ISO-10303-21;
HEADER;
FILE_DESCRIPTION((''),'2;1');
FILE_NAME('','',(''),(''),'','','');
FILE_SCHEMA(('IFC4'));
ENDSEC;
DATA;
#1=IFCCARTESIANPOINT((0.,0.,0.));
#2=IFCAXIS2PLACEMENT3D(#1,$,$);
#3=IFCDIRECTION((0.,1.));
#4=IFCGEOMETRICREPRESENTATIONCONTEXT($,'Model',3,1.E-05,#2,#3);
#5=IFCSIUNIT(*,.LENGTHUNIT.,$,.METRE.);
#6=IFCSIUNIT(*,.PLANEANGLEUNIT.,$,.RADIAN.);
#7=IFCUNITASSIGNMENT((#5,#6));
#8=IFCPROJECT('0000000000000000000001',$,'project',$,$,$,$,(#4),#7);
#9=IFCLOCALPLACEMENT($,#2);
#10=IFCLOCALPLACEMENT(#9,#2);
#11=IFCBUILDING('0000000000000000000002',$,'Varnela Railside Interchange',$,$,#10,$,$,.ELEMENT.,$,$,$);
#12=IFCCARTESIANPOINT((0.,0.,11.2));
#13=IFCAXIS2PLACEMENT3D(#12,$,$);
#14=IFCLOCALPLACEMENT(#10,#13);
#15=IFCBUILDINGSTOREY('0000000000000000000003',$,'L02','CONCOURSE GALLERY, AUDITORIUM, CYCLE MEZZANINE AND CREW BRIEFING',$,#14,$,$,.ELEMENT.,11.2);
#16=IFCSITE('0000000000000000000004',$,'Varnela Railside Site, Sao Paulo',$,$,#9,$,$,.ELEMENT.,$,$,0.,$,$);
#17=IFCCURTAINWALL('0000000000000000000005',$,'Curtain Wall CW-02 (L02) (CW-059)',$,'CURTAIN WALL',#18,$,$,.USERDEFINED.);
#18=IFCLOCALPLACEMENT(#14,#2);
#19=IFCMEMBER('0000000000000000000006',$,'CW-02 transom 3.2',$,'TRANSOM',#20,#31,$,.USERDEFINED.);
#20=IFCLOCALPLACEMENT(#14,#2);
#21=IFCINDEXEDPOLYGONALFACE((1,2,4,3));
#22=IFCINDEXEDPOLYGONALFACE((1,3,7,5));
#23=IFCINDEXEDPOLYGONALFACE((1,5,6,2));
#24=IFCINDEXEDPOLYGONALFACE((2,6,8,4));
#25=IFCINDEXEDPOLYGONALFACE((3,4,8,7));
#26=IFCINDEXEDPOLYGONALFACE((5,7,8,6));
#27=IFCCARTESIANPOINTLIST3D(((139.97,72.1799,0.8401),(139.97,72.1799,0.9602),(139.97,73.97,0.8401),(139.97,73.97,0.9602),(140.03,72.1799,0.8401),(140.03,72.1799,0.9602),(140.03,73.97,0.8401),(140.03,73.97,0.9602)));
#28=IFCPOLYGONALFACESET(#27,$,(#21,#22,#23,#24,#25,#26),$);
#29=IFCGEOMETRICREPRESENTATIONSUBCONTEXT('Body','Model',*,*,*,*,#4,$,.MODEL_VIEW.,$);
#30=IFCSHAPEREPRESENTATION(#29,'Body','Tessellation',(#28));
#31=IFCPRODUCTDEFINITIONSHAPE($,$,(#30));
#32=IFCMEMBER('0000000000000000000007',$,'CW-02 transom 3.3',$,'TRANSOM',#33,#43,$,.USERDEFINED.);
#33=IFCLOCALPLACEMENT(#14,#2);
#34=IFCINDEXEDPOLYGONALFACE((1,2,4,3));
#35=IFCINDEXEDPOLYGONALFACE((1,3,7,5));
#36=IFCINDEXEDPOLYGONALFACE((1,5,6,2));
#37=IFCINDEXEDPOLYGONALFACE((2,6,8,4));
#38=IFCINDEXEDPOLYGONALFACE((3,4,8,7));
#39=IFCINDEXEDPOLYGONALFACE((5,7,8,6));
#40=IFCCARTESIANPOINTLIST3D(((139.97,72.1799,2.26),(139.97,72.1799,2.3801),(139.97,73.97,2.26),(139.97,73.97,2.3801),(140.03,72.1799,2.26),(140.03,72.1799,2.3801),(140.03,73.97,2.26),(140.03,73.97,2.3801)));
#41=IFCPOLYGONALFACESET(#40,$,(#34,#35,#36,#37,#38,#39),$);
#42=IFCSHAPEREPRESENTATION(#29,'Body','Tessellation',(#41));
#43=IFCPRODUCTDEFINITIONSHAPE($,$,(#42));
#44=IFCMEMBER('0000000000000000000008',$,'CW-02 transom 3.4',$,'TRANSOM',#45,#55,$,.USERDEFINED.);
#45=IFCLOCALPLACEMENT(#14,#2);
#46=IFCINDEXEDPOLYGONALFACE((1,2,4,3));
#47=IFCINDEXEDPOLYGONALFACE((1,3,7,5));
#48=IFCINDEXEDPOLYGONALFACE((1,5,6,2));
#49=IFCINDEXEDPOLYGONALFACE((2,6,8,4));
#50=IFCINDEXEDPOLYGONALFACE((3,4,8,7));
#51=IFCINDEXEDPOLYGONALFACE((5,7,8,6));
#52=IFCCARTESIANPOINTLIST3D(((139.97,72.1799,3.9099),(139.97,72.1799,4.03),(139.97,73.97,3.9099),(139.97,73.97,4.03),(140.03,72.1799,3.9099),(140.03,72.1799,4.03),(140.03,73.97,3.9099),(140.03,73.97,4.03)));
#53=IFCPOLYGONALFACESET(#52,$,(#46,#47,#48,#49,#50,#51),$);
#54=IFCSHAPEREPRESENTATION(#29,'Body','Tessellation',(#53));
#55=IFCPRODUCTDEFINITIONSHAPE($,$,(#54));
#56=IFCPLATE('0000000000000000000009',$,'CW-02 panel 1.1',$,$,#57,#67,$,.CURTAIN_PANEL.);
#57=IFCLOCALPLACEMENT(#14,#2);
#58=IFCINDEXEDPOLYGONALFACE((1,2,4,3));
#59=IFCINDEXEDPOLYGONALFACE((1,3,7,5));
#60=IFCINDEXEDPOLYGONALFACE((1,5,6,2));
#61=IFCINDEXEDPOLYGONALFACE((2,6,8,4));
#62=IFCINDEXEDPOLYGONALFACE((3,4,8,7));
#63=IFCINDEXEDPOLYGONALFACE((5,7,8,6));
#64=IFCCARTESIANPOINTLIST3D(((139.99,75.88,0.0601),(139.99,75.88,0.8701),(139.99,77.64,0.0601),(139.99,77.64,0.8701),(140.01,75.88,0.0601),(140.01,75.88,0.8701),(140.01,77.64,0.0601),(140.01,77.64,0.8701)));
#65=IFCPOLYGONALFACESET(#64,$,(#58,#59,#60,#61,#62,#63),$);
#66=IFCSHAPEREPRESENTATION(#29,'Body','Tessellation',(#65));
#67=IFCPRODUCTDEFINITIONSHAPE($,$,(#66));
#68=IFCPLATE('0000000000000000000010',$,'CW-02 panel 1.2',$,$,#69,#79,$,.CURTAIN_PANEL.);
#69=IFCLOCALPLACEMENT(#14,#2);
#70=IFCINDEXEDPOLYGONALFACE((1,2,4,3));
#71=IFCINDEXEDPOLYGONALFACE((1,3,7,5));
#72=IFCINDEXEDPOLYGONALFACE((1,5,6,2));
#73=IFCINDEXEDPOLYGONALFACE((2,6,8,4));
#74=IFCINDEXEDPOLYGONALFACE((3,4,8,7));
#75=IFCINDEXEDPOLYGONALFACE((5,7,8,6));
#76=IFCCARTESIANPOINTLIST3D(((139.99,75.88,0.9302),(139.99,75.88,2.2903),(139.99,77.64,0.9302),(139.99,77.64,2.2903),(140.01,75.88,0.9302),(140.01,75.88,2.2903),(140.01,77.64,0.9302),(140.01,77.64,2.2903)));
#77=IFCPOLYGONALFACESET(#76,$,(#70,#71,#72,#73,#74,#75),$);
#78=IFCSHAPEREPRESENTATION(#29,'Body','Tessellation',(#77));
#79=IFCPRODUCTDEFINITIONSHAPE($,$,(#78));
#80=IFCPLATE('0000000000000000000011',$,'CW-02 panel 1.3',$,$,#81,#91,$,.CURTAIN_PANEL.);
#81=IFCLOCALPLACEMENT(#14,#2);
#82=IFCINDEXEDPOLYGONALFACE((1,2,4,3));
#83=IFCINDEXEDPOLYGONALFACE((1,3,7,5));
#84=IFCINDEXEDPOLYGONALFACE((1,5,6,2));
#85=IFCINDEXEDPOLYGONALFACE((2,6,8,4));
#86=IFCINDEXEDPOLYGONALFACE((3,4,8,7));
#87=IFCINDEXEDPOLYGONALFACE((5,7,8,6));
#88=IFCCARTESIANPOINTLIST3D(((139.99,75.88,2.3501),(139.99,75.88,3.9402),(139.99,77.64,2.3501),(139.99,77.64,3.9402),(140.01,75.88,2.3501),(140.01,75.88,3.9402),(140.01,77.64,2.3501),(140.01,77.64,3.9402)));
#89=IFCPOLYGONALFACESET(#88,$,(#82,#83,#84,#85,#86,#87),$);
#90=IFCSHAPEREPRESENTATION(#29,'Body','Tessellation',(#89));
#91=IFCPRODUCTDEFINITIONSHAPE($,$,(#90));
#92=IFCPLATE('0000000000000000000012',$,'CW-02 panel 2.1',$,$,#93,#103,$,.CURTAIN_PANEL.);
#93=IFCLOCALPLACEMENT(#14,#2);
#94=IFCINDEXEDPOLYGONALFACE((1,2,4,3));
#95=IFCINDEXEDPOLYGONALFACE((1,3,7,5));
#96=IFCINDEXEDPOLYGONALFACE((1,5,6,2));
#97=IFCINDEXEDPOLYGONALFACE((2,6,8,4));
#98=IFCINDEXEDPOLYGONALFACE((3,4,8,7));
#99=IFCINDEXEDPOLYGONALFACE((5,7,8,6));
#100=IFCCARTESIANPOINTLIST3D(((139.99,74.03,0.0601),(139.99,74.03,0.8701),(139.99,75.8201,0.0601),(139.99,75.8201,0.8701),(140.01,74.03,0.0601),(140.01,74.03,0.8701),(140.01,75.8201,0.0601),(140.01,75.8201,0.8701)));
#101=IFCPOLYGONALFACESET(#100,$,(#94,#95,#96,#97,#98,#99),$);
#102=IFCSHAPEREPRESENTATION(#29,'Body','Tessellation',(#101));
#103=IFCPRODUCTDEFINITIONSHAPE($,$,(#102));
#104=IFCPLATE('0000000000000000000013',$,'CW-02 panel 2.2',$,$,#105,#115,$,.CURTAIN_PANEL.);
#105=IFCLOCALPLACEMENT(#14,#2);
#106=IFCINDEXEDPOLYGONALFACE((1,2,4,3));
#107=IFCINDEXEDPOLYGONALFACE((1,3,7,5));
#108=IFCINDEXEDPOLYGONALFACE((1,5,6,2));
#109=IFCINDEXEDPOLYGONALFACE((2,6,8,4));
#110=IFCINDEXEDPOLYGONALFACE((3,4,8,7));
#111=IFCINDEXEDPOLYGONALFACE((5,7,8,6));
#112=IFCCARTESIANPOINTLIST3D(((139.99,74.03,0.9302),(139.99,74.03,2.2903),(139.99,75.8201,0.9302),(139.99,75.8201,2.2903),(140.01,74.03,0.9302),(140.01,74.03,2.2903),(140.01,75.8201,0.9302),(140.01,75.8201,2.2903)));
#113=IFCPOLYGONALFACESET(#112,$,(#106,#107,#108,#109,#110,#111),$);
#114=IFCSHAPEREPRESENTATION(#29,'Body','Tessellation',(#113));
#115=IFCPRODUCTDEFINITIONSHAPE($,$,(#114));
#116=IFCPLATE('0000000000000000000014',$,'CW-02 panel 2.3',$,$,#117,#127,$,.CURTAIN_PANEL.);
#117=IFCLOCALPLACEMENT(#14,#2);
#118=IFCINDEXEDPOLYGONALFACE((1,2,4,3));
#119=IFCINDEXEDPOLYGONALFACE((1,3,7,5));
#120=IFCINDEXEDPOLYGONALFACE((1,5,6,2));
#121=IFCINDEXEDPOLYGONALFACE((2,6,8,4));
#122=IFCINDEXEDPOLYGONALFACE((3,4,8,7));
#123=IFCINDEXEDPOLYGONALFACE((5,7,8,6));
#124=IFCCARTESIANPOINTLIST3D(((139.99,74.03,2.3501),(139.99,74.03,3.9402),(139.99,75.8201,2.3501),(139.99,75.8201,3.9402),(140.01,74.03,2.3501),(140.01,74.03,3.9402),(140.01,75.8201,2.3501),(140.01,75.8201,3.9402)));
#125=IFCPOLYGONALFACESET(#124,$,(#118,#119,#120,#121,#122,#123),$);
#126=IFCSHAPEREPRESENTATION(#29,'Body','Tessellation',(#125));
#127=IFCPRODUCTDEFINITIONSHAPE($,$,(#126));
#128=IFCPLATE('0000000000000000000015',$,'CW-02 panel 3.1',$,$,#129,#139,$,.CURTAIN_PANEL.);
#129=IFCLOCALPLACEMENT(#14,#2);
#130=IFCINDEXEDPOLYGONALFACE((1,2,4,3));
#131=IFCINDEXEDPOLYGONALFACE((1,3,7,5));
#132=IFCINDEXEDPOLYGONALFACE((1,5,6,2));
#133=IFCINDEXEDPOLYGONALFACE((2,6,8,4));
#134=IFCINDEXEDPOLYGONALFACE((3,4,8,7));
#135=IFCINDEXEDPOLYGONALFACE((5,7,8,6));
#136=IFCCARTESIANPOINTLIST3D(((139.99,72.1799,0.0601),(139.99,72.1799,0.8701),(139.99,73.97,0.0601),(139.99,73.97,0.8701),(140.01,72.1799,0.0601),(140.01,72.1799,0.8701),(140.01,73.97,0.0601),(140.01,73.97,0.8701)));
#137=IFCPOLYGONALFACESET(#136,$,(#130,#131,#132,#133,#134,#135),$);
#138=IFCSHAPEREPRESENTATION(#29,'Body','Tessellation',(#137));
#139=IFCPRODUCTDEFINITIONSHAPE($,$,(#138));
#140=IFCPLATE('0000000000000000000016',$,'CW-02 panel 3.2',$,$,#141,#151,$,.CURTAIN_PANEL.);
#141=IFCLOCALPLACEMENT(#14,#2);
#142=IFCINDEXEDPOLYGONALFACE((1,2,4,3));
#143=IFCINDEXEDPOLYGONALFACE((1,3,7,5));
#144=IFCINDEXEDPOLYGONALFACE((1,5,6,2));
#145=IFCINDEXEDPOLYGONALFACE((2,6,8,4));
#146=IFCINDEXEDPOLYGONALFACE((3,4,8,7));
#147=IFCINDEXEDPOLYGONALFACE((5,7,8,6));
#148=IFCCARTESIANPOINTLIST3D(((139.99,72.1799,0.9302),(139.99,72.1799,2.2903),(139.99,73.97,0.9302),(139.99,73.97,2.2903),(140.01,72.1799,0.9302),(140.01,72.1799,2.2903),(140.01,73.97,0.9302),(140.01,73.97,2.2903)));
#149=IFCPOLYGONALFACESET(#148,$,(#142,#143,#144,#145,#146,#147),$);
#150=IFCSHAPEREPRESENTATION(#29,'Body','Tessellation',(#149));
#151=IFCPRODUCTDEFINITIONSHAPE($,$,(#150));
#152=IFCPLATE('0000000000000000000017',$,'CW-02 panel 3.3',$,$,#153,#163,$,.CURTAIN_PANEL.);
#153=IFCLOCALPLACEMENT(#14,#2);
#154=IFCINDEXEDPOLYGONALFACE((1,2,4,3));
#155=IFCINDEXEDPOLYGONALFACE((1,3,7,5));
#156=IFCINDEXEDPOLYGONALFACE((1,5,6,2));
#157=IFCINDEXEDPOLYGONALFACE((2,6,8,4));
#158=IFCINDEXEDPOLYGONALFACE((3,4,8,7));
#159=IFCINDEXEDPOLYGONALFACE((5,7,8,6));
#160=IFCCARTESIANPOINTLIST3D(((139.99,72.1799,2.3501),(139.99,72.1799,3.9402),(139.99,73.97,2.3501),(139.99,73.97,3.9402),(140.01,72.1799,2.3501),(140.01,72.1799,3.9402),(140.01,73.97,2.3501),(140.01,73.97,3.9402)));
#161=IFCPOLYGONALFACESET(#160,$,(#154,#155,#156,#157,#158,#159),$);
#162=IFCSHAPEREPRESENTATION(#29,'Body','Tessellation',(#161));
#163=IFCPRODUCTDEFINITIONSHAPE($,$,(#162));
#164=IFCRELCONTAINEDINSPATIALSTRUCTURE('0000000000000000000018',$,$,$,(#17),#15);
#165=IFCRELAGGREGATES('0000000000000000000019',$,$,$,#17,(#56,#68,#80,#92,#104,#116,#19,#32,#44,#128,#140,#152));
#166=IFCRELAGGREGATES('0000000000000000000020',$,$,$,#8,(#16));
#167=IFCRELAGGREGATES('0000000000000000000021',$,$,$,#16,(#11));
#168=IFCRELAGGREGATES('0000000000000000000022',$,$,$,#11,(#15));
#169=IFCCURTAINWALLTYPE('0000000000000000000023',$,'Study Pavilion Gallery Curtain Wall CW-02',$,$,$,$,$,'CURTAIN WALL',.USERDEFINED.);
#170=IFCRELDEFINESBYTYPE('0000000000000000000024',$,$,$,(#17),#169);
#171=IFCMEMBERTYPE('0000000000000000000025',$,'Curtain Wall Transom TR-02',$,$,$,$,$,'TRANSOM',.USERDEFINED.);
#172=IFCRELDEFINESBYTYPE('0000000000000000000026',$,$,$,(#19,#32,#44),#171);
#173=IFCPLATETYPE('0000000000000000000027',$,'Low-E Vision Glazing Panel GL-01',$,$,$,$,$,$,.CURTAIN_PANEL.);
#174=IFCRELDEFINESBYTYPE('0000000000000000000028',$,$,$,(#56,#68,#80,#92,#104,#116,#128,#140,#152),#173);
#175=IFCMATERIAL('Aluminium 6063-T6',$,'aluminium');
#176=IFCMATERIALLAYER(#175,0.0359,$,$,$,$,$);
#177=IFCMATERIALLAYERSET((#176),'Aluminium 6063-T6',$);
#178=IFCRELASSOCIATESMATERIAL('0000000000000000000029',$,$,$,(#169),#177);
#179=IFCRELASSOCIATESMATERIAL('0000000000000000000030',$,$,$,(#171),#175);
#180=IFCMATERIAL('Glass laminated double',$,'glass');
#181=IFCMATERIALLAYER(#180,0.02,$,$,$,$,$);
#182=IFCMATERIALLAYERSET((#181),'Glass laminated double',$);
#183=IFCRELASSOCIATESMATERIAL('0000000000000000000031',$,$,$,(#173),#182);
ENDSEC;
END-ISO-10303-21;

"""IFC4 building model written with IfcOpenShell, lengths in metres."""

from ifc_helpers import new_model, si_unit, direction, frame, origin, origin_2d, place, context, subcontext, project, spatial, rectangle, extrude, material, layer, layer_set, material_profile, profile_set, type_object, element, aggregate, save


model = new_model("IFC4")

# Units and contexts
model_context = context("Model", 3, precision=1e-05, world=origin(), true_north=direction((0.0, 1.0)))
body_context = subcontext(model_context, "Body", "Model", "MODEL_VIEW")
ifc_project = project(units=[si_unit("LENGTHUNIT", "METRE"), si_unit("PLANEANGLEUNIT", "RADIAN")], contexts=[model_context])

# Site, building, storey
site_placement = place(None, origin())
site = spatial("IfcSite", under=ifc_project, at=site_placement, Name="Varnela Railside Site, Sao Paulo", CompositionType="ELEMENT", RefElevation=0.0)
building_placement = place(site_placement, origin())
building = spatial("IfcBuilding", under=site, at=building_placement, Name="Varnela Railside Interchange", CompositionType="ELEMENT")
storey_placement = place(building_placement, frame((0.0, 0.0, 11.2)))
storey = spatial("IfcBuildingStorey", under=building, at=storey_placement, Name="L02", Description="CONCOURSE GALLERY, AUDITORIUM, CYCLE MEZZANINE AND CREW BRIEFING", CompositionType="ELEMENT", Elevation=11.2)

# Curtain wall, members, plates
ifc_material_1 = material(Name="Aluminium 6063-T6", Category="aluminium")
ifc_layer_1 = layer(ifc_material_1, 0.0359)
ifc_layer_set_1 = layer_set([ifc_layer_1], Name="Aluminium 6063-T6")
curtain_wall_type = type_object("IfcCurtainWallType", Name="Study Pavilion Gallery Curtain Wall CW-02", ElementType="CURTAIN WALL", PredefinedType="USERDEFINED", material=ifc_layer_set_1)
curtain_wall_placement = place(storey_placement, origin())
curtain_wall = element("IfcCurtainWall", 1, at=curtain_wall_placement, inside=storey, type_object=curtain_wall_type, Name="Curtain Wall CW-02 (L02) (CW-059)", ObjectType="CURTAIN WALL", PredefinedType="USERDEFINED")
ifc_material_profile_1 = material_profile(ifc_material_1, rectangle(XDim=0.0601, YDim=0.1201, at=origin_2d()), Name="ALU 60x120")
ifc_profile_set_1 = profile_set([ifc_material_profile_1], Name="Aluminium 6063-T6")
member_type_1 = type_object("IfcMemberType", Name="Curtain Wall Transom TR-02", ElementType="TRANSOM", PredefinedType="USERDEFINED", material=ifc_profile_set_1)
member_1_placement = place(storey_placement, frame((140.0, 73.97, 0.9001), z_axis=(0.0, -1.0, 0.0), x_axis=(1.0, 0.0, 0.0)))
member_1 = element("IfcMember", 2, at=member_1_placement, type_object=member_type_1, Name="CW-02 transom 3.2", ObjectType="TRANSOM", PredefinedType="USERDEFINED", context=body_context, shape_type="SweptSolid", body=[
    extrude(rectangle(XDim=0.0601, YDim=0.1201, at=origin_2d()), origin(), (0.0, 0.0, 1.0), 1.79),
])
member_2_placement = place(storey_placement, frame((140.0, 73.97, 2.3201), z_axis=(0.0, -1.0, 0.0), x_axis=(1.0, 0.0, 0.0)))
member_2 = element("IfcMember", 3, at=member_2_placement, type_object=member_type_1, Name="CW-02 transom 3.3", ObjectType="TRANSOM", PredefinedType="USERDEFINED", context=body_context, shape_type="SweptSolid", body=[
    extrude(rectangle(XDim=0.0601, YDim=0.1201, at=origin_2d()), origin(), (0.0, 0.0, 1.0), 1.79),
])
member_3_placement = place(storey_placement, frame((140.0, 73.97, 3.97), z_axis=(0.0, -1.0, 0.0), x_axis=(1.0, 0.0, 0.0)))
member_3 = element("IfcMember", 4, at=member_3_placement, type_object=member_type_1, Name="CW-02 transom 3.4", ObjectType="TRANSOM", PredefinedType="USERDEFINED", context=body_context, shape_type="SweptSolid", body=[
    extrude(rectangle(XDim=0.0601, YDim=0.1201, at=origin_2d()), origin(), (0.0, 0.0, 1.0), 1.79),
])
ifc_material_2 = material(Name="Glass laminated double", Category="glass")
ifc_layer_2 = layer(ifc_material_2, 0.02)
ifc_layer_set_2 = layer_set([ifc_layer_2], Name="Glass laminated double")
plate_type = type_object("IfcPlateType", Name="Low-E Vision Glazing Panel GL-01", PredefinedType="CURTAIN_PANEL", material=ifc_layer_set_2)
plate_1_placement = place(storey_placement, frame((140.0, 76.76, 0.0601), z_axis=(0.0, 0.0, 1.0), x_axis=(0.0, -1.0, 0.0)))
plate_1 = element("IfcPlate", 5, at=plate_1_placement, type_object=plate_type, Name="CW-02 panel 1.1", PredefinedType="CURTAIN_PANEL", context=body_context, shape_type="SweptSolid", body=[
    extrude(rectangle(XDim=1.76, YDim=0.02, at=origin_2d()), origin(), (0.0, 0.0, 1.0), 0.8101),
])
plate_2_placement = place(storey_placement, frame((140.0, 76.76, 0.9302), z_axis=(0.0, 0.0, 1.0), x_axis=(0.0, -1.0, 0.0)))
plate_2 = element("IfcPlate", 6, at=plate_2_placement, type_object=plate_type, Name="CW-02 panel 1.2", PredefinedType="CURTAIN_PANEL", context=body_context, shape_type="SweptSolid", body=[
    extrude(rectangle(XDim=1.76, YDim=0.02, at=origin_2d()), origin(), (0.0, 0.0, 1.0), 1.3601),
])
plate_3_placement = place(storey_placement, frame((140.0, 76.76, 2.3501), z_axis=(0.0, 0.0, 1.0), x_axis=(0.0, -1.0, 0.0)))
plate_3 = element("IfcPlate", 7, at=plate_3_placement, type_object=plate_type, Name="CW-02 panel 1.3", PredefinedType="CURTAIN_PANEL", context=body_context, shape_type="SweptSolid", body=[
    extrude(rectangle(XDim=1.76, YDim=0.02, at=origin_2d()), origin(), (0.0, 0.0, 1.0), 1.5901),
])
plate_4_placement = place(storey_placement, frame((140.0, 74.925, 0.0601), z_axis=(0.0, 0.0, 1.0), x_axis=(0.0, -1.0, 0.0)))
plate_4 = element("IfcPlate", 8, at=plate_4_placement, type_object=plate_type, Name="CW-02 panel 2.1", PredefinedType="CURTAIN_PANEL", context=body_context, shape_type="SweptSolid", body=[
    extrude(rectangle(XDim=1.79, YDim=0.02, at=origin_2d()), origin(), (0.0, 0.0, 1.0), 0.8101),
])
plate_5_placement = place(storey_placement, frame((140.0, 74.925, 0.9302), z_axis=(0.0, 0.0, 1.0), x_axis=(0.0, -1.0, 0.0)))
plate_5 = element("IfcPlate", 9, at=plate_5_placement, type_object=plate_type, Name="CW-02 panel 2.2", PredefinedType="CURTAIN_PANEL", context=body_context, shape_type="SweptSolid", body=[
    extrude(rectangle(XDim=1.79, YDim=0.02, at=origin_2d()), origin(), (0.0, 0.0, 1.0), 1.3601),
])
plate_6_placement = place(storey_placement, frame((140.0, 74.925, 2.3501), z_axis=(0.0, 0.0, 1.0), x_axis=(0.0, -1.0, 0.0)))
plate_6 = element("IfcPlate", 10, at=plate_6_placement, type_object=plate_type, Name="CW-02 panel 2.3", PredefinedType="CURTAIN_PANEL", context=body_context, shape_type="SweptSolid", body=[
    extrude(rectangle(XDim=1.79, YDim=0.02, at=origin_2d()), origin(), (0.0, 0.0, 1.0), 1.5901),
])
plate_7_placement = place(storey_placement, frame((140.0, 73.075, 0.0601), z_axis=(0.0, 0.0, 1.0), x_axis=(0.0, -1.0, 0.0)))
plate_7 = element("IfcPlate", 11, at=plate_7_placement, type_object=plate_type, Name="CW-02 panel 3.1", PredefinedType="CURTAIN_PANEL", context=body_context, shape_type="SweptSolid", body=[
    extrude(rectangle(XDim=1.79, YDim=0.02, at=origin_2d()), origin(), (0.0, 0.0, 1.0), 0.8101),
])
plate_8_placement = place(storey_placement, frame((140.0, 73.075, 0.9302), z_axis=(0.0, 0.0, 1.0), x_axis=(0.0, -1.0, 0.0)))
plate_8 = element("IfcPlate", 12, at=plate_8_placement, type_object=plate_type, Name="CW-02 panel 3.2", PredefinedType="CURTAIN_PANEL", context=body_context, shape_type="SweptSolid", body=[
    extrude(rectangle(XDim=1.79, YDim=0.02, at=origin_2d()), origin(), (0.0, 0.0, 1.0), 1.3601),
])
plate_9_placement = place(storey_placement, frame((140.0, 73.075, 2.3501), z_axis=(0.0, 0.0, 1.0), x_axis=(0.0, -1.0, 0.0)))
plate_9 = element("IfcPlate", 13, at=plate_9_placement, type_object=plate_type, Name="CW-02 panel 3.3", PredefinedType="CURTAIN_PANEL", context=body_context, shape_type="SweptSolid", body=[
    extrude(rectangle(XDim=1.79, YDim=0.02, at=origin_2d()), origin(), (0.0, 0.0, 1.0), 1.5901),
])
aggregate(curtain_wall, [plate_1, plate_2, plate_3, plate_4, plate_5, plate_6, member_1, member_2, member_3, plate_7, plate_8, plate_9])

save(model, "model.ifc")
